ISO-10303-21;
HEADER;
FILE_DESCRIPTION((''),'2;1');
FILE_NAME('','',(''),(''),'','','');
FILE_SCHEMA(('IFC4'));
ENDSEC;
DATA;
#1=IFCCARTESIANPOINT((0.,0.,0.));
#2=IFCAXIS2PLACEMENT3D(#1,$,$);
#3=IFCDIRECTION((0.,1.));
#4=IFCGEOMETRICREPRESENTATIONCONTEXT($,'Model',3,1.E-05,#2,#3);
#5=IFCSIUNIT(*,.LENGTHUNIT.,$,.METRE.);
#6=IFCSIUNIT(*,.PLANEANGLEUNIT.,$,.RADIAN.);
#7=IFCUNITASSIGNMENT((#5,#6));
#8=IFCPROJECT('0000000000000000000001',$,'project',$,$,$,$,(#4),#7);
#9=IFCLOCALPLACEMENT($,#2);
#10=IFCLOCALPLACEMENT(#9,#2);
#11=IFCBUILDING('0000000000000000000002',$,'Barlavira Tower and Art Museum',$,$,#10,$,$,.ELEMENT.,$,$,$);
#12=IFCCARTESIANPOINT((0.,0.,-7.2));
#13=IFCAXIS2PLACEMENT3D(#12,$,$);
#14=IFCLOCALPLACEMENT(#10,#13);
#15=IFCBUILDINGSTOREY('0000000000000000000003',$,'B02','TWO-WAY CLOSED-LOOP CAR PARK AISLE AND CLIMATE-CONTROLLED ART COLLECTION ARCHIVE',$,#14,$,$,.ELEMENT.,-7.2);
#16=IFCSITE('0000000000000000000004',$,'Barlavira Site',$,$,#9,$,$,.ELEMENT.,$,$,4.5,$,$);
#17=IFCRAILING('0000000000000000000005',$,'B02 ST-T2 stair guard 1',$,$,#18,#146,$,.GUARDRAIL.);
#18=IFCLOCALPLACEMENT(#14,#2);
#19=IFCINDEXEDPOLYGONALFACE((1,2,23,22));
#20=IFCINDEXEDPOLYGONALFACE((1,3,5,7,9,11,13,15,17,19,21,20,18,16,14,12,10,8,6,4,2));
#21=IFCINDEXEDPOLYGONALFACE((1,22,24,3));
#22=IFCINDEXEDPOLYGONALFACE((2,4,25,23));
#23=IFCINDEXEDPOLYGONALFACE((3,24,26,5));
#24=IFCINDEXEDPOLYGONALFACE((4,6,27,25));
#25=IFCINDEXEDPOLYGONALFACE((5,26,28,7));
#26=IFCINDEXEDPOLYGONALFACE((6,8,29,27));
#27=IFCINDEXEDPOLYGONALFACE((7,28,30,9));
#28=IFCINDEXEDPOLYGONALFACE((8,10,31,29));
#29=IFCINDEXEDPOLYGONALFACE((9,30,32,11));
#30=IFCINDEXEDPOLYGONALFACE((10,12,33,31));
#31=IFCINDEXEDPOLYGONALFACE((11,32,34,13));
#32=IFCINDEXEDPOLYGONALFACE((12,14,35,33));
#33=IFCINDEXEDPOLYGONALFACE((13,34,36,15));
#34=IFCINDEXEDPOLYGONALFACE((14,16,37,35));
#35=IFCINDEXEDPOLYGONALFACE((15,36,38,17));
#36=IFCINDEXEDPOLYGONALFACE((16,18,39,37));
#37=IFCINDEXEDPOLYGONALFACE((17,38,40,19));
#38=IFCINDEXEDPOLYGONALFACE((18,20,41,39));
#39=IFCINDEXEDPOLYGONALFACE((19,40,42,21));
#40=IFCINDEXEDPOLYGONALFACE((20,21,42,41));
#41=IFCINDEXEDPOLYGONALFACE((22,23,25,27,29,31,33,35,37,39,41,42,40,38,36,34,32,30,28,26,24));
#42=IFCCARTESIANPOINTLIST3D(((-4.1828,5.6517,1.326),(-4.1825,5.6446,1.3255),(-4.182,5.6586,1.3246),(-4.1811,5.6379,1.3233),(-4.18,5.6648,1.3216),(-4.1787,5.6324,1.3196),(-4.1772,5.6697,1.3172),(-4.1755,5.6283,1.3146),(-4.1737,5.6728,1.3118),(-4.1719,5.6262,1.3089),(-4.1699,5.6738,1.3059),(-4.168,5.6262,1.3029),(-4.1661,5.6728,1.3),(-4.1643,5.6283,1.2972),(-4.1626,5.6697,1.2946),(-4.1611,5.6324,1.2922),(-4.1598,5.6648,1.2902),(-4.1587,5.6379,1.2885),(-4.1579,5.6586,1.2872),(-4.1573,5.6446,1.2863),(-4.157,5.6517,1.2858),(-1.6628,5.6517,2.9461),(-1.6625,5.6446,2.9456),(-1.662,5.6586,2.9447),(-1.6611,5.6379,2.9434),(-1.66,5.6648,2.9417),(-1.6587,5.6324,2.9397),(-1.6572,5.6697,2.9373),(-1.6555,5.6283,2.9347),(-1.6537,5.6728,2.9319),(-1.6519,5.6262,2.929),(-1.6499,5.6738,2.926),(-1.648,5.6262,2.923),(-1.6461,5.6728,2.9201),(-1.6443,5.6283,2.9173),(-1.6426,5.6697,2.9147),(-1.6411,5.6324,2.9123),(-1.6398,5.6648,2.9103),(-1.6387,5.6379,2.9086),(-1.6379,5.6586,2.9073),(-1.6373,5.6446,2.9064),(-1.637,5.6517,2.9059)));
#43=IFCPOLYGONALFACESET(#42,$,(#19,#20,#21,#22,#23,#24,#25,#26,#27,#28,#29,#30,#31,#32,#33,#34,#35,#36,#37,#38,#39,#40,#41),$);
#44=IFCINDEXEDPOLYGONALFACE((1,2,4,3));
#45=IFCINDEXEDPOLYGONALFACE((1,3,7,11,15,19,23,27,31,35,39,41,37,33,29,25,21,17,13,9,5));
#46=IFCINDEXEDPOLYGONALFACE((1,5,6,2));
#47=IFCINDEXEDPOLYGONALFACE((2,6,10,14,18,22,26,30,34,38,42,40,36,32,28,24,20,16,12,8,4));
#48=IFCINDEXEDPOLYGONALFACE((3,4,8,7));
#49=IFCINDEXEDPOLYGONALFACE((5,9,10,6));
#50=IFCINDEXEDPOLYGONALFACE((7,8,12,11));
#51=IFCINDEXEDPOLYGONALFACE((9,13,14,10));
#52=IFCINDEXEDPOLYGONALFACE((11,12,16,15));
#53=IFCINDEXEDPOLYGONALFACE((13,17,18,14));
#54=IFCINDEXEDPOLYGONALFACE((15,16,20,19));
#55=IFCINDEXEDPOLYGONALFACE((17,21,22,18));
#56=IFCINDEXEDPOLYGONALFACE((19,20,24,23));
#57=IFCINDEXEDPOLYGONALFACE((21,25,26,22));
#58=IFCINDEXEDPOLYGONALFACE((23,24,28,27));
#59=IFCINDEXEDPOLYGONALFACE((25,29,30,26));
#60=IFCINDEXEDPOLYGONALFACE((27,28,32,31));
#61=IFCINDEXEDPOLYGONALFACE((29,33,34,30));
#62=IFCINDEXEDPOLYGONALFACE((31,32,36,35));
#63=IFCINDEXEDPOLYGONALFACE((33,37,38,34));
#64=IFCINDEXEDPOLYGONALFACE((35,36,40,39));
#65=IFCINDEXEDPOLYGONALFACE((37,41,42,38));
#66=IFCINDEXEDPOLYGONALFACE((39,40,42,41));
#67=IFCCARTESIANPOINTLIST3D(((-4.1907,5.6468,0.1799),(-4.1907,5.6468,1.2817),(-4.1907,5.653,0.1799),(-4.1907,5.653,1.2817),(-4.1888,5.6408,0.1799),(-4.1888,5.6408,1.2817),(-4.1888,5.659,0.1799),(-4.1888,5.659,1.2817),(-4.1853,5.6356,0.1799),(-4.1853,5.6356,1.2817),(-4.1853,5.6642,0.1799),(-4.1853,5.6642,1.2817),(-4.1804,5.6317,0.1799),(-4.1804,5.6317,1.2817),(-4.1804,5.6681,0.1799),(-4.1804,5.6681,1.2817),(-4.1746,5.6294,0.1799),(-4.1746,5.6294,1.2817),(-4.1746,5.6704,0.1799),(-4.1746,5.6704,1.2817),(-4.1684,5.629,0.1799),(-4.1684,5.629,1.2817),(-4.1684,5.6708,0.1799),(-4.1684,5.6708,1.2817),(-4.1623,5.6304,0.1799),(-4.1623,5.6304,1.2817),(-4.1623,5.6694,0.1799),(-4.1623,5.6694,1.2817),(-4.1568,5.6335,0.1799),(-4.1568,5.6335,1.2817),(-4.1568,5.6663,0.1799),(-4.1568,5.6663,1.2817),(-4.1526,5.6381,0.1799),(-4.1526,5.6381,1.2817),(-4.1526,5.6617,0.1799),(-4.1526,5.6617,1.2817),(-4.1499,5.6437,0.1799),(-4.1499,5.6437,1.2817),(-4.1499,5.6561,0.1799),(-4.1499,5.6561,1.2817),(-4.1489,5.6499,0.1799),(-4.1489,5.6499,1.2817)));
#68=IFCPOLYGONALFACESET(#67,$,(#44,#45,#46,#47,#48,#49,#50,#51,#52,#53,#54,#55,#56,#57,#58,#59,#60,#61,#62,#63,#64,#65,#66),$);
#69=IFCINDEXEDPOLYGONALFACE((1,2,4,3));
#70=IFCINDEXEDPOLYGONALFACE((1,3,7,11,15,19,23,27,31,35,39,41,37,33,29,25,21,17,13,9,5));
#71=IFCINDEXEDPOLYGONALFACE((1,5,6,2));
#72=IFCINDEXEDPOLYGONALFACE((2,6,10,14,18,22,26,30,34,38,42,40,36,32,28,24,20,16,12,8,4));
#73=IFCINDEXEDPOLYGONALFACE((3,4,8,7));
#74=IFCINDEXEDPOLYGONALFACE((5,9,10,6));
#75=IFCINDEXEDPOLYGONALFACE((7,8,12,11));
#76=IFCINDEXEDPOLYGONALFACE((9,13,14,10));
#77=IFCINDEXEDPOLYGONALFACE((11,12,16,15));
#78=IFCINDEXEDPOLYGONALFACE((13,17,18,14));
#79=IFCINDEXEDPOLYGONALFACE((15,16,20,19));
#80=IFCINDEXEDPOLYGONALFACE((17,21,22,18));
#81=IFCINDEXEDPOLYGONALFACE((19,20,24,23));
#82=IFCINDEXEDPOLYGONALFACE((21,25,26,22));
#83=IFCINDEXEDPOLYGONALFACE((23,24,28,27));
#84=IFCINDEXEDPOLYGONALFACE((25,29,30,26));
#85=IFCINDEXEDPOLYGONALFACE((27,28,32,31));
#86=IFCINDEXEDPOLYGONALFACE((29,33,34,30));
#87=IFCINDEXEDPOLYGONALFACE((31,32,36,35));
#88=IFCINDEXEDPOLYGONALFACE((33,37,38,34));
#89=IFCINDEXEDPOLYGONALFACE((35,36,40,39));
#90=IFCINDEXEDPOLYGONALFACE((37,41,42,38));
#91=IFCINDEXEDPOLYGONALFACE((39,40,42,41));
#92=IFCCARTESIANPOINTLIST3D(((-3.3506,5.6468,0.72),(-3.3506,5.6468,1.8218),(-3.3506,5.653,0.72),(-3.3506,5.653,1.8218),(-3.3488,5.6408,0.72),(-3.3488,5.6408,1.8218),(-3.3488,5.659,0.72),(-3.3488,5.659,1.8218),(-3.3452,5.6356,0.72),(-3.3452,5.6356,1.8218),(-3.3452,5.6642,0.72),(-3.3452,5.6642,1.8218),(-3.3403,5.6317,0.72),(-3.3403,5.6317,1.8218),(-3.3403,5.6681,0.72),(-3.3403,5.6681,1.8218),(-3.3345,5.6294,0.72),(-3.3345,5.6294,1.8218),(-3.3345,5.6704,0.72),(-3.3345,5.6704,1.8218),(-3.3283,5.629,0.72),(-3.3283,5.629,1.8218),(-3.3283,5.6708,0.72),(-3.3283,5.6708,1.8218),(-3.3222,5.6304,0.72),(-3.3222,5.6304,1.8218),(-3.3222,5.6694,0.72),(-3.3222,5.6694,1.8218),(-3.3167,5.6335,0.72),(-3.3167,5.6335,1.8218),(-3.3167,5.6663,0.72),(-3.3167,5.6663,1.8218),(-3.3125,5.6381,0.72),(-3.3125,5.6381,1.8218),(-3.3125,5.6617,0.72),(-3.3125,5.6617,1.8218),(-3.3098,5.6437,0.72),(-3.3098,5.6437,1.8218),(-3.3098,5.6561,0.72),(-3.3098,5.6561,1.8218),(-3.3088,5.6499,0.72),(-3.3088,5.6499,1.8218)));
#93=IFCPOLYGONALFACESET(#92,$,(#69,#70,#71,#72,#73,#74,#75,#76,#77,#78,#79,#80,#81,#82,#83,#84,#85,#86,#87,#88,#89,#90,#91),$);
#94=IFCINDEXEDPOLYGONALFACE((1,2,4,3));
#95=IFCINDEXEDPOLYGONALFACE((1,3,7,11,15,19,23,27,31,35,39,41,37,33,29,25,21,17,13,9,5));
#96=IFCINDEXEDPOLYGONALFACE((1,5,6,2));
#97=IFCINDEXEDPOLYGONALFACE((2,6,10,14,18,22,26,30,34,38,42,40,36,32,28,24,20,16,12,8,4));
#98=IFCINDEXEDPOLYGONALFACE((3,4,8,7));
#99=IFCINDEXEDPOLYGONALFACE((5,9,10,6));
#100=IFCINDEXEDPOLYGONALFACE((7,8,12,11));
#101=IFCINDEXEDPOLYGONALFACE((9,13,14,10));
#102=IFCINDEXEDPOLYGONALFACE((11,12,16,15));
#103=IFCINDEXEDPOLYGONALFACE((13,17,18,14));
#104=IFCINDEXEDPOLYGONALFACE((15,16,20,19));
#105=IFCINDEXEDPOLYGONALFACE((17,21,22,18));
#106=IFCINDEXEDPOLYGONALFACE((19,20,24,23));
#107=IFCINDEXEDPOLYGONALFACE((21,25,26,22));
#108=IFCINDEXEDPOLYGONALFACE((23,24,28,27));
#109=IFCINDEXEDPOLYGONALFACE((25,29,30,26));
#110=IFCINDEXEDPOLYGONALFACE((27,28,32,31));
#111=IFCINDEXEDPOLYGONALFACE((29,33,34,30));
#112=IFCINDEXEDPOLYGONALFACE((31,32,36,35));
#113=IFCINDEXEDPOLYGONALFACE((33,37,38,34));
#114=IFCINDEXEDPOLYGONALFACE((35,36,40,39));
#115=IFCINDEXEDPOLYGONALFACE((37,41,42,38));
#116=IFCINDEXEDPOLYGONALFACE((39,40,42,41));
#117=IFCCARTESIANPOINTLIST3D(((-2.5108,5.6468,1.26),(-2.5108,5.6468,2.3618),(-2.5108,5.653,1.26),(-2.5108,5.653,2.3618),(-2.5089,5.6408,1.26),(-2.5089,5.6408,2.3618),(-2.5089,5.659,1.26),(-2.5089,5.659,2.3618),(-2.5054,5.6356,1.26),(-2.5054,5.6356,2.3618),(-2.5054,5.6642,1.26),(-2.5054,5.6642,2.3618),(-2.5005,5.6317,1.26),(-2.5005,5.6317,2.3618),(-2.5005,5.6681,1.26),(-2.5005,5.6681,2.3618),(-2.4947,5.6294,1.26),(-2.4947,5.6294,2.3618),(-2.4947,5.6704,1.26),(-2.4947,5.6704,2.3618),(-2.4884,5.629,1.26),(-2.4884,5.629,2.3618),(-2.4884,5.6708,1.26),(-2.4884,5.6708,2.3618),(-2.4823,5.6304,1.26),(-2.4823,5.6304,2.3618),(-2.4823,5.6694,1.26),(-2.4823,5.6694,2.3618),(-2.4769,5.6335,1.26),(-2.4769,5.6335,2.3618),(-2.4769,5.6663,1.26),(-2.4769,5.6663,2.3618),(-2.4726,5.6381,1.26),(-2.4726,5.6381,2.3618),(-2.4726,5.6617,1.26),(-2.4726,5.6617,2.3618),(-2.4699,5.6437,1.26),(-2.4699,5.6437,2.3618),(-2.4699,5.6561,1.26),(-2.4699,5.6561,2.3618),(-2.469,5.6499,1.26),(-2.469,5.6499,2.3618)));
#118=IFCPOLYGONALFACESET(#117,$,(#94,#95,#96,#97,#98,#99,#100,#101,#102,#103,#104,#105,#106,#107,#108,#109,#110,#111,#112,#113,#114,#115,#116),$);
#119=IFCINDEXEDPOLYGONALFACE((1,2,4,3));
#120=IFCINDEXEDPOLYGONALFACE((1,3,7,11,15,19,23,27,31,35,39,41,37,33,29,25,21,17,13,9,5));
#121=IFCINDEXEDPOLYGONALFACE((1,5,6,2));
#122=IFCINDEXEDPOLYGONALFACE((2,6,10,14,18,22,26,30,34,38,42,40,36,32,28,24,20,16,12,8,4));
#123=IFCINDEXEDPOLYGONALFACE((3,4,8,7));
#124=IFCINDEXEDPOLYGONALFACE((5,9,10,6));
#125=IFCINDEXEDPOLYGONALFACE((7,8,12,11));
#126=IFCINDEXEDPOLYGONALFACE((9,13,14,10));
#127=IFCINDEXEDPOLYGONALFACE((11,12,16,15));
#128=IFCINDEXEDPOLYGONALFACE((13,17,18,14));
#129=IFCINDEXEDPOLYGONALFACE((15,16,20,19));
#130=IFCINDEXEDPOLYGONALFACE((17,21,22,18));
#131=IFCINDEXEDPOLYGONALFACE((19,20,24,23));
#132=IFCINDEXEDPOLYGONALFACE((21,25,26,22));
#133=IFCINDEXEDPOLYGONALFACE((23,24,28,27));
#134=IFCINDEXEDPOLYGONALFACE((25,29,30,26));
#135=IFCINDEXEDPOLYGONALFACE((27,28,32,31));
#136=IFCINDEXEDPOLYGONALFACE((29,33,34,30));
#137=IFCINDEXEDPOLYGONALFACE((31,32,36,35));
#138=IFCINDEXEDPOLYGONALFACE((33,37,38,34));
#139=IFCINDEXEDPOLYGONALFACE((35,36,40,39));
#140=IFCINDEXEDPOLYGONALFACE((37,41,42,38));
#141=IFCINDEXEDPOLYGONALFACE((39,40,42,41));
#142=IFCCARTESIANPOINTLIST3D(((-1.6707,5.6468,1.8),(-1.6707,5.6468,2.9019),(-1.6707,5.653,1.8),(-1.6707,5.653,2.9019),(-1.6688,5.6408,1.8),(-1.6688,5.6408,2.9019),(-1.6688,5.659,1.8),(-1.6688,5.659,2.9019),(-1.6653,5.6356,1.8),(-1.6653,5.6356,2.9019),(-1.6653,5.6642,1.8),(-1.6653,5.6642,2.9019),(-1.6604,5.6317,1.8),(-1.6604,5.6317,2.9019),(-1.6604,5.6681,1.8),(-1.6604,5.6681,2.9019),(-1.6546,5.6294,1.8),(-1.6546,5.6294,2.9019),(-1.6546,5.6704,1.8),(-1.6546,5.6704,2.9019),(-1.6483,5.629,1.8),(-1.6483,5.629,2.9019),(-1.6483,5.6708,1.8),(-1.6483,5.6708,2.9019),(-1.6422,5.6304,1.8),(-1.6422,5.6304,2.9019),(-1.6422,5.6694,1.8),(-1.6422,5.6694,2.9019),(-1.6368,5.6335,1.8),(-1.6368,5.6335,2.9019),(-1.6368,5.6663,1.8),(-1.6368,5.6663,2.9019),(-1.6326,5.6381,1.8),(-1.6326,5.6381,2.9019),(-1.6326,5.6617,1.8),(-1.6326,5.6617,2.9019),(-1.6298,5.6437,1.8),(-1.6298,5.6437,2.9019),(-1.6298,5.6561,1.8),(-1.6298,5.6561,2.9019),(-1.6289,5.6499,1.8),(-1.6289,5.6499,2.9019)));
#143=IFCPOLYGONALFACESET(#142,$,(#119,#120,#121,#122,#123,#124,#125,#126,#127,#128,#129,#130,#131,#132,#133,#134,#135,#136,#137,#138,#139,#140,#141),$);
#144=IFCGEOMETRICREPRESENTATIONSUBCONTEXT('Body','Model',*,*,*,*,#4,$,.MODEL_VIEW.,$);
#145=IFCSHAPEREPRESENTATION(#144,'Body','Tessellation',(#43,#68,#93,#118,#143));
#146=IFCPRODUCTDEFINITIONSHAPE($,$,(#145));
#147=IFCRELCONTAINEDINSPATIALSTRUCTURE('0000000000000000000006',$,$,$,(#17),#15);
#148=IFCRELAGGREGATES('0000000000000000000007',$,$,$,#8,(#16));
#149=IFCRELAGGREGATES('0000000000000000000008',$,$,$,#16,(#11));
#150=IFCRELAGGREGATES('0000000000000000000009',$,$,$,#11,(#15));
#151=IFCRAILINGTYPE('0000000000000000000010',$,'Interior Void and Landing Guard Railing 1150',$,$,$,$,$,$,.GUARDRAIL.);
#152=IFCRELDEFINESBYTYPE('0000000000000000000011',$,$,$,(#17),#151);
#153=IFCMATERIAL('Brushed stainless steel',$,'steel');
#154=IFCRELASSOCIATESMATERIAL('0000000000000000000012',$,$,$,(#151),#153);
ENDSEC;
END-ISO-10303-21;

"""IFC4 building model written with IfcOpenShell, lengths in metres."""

from ifc_helpers import new_model, si_unit, direction, frame, origin, origin_2d, place, context, subcontext, project, spatial, circle, extrude, material, type_object, element, save


model = new_model("IFC4")

# Units and contexts
model_context = context("Model", 3, precision=1e-05, world=origin(), true_north=direction((0.0, 1.0)))
body_context = subcontext(model_context, "Body", "Model", "MODEL_VIEW")
ifc_project = project(units=[si_unit("LENGTHUNIT", "METRE"), si_unit("PLANEANGLEUNIT", "RADIAN")], contexts=[model_context])

# Site, building, storey
site_placement = place(None, origin())
site = spatial("IfcSite", under=ifc_project, at=site_placement, Name="Barlavira Site", CompositionType="ELEMENT", RefElevation=4.5)
building_placement = place(site_placement, origin())
building = spatial("IfcBuilding", under=site, at=building_placement, Name="Barlavira Tower and Art Museum", CompositionType="ELEMENT")
storey_placement = place(building_placement, frame((0.0, 0.0, -7.2)))
storey = spatial("IfcBuildingStorey", under=building, at=storey_placement, Name="B02", Description="TWO-WAY CLOSED-LOOP CAR PARK AISLE AND CLIMATE-CONTROLLED ART COLLECTION ARCHIVE", CompositionType="ELEMENT", Elevation=-7.2)

# Shared definitions
ifc_material_1 = material(Name="Brushed stainless steel", Category="steel")

# Railing
railing_type_1 = type_object("IfcRailingType", Name="Interior Void and Landing Guard Railing 1150", PredefinedType="GUARDRAIL", material=ifc_material_1)
railing_1_placement = place(storey_placement, frame((-4.1699, 5.6499, 0.1799)))
element("IfcRailing", 1, at=railing_1_placement, inside=storey, type_object=railing_type_1, Name="B02 ST-T2 stair guard 1", PredefinedType="GUARDRAIL", context=body_context, shape_type="SweptSolid", body=[
    extrude(circle(Radius=0.0239, at=origin_2d()), frame((0.0, 0.0, 1.126), z_axis=(0.841163, 0.0, 0.540782), x_axis=(0.0, 1.0, 0.0)), (0.0, 0.0, 1.0), 2.9958),
    extrude(circle(Radius=0.021, at=origin_2d()), origin(), (0.0, 0.0, 1.0), 1.1018),
    extrude(circle(Radius=0.021, at=origin_2d()), frame((0.8401, 0.0, 0.54)), (0.0, 0.0, 1.0), 1.1018),
    extrude(circle(Radius=0.021, at=origin_2d()), frame((1.6799, 0.0, 1.0801)), (0.0, 0.0, 1.0), 1.1018),
    extrude(circle(Radius=0.021, at=origin_2d()), frame((2.52, 0.0, 1.6201)), (0.0, 0.0, 1.0), 1.1018),
])

save(model, "model.ifc")
